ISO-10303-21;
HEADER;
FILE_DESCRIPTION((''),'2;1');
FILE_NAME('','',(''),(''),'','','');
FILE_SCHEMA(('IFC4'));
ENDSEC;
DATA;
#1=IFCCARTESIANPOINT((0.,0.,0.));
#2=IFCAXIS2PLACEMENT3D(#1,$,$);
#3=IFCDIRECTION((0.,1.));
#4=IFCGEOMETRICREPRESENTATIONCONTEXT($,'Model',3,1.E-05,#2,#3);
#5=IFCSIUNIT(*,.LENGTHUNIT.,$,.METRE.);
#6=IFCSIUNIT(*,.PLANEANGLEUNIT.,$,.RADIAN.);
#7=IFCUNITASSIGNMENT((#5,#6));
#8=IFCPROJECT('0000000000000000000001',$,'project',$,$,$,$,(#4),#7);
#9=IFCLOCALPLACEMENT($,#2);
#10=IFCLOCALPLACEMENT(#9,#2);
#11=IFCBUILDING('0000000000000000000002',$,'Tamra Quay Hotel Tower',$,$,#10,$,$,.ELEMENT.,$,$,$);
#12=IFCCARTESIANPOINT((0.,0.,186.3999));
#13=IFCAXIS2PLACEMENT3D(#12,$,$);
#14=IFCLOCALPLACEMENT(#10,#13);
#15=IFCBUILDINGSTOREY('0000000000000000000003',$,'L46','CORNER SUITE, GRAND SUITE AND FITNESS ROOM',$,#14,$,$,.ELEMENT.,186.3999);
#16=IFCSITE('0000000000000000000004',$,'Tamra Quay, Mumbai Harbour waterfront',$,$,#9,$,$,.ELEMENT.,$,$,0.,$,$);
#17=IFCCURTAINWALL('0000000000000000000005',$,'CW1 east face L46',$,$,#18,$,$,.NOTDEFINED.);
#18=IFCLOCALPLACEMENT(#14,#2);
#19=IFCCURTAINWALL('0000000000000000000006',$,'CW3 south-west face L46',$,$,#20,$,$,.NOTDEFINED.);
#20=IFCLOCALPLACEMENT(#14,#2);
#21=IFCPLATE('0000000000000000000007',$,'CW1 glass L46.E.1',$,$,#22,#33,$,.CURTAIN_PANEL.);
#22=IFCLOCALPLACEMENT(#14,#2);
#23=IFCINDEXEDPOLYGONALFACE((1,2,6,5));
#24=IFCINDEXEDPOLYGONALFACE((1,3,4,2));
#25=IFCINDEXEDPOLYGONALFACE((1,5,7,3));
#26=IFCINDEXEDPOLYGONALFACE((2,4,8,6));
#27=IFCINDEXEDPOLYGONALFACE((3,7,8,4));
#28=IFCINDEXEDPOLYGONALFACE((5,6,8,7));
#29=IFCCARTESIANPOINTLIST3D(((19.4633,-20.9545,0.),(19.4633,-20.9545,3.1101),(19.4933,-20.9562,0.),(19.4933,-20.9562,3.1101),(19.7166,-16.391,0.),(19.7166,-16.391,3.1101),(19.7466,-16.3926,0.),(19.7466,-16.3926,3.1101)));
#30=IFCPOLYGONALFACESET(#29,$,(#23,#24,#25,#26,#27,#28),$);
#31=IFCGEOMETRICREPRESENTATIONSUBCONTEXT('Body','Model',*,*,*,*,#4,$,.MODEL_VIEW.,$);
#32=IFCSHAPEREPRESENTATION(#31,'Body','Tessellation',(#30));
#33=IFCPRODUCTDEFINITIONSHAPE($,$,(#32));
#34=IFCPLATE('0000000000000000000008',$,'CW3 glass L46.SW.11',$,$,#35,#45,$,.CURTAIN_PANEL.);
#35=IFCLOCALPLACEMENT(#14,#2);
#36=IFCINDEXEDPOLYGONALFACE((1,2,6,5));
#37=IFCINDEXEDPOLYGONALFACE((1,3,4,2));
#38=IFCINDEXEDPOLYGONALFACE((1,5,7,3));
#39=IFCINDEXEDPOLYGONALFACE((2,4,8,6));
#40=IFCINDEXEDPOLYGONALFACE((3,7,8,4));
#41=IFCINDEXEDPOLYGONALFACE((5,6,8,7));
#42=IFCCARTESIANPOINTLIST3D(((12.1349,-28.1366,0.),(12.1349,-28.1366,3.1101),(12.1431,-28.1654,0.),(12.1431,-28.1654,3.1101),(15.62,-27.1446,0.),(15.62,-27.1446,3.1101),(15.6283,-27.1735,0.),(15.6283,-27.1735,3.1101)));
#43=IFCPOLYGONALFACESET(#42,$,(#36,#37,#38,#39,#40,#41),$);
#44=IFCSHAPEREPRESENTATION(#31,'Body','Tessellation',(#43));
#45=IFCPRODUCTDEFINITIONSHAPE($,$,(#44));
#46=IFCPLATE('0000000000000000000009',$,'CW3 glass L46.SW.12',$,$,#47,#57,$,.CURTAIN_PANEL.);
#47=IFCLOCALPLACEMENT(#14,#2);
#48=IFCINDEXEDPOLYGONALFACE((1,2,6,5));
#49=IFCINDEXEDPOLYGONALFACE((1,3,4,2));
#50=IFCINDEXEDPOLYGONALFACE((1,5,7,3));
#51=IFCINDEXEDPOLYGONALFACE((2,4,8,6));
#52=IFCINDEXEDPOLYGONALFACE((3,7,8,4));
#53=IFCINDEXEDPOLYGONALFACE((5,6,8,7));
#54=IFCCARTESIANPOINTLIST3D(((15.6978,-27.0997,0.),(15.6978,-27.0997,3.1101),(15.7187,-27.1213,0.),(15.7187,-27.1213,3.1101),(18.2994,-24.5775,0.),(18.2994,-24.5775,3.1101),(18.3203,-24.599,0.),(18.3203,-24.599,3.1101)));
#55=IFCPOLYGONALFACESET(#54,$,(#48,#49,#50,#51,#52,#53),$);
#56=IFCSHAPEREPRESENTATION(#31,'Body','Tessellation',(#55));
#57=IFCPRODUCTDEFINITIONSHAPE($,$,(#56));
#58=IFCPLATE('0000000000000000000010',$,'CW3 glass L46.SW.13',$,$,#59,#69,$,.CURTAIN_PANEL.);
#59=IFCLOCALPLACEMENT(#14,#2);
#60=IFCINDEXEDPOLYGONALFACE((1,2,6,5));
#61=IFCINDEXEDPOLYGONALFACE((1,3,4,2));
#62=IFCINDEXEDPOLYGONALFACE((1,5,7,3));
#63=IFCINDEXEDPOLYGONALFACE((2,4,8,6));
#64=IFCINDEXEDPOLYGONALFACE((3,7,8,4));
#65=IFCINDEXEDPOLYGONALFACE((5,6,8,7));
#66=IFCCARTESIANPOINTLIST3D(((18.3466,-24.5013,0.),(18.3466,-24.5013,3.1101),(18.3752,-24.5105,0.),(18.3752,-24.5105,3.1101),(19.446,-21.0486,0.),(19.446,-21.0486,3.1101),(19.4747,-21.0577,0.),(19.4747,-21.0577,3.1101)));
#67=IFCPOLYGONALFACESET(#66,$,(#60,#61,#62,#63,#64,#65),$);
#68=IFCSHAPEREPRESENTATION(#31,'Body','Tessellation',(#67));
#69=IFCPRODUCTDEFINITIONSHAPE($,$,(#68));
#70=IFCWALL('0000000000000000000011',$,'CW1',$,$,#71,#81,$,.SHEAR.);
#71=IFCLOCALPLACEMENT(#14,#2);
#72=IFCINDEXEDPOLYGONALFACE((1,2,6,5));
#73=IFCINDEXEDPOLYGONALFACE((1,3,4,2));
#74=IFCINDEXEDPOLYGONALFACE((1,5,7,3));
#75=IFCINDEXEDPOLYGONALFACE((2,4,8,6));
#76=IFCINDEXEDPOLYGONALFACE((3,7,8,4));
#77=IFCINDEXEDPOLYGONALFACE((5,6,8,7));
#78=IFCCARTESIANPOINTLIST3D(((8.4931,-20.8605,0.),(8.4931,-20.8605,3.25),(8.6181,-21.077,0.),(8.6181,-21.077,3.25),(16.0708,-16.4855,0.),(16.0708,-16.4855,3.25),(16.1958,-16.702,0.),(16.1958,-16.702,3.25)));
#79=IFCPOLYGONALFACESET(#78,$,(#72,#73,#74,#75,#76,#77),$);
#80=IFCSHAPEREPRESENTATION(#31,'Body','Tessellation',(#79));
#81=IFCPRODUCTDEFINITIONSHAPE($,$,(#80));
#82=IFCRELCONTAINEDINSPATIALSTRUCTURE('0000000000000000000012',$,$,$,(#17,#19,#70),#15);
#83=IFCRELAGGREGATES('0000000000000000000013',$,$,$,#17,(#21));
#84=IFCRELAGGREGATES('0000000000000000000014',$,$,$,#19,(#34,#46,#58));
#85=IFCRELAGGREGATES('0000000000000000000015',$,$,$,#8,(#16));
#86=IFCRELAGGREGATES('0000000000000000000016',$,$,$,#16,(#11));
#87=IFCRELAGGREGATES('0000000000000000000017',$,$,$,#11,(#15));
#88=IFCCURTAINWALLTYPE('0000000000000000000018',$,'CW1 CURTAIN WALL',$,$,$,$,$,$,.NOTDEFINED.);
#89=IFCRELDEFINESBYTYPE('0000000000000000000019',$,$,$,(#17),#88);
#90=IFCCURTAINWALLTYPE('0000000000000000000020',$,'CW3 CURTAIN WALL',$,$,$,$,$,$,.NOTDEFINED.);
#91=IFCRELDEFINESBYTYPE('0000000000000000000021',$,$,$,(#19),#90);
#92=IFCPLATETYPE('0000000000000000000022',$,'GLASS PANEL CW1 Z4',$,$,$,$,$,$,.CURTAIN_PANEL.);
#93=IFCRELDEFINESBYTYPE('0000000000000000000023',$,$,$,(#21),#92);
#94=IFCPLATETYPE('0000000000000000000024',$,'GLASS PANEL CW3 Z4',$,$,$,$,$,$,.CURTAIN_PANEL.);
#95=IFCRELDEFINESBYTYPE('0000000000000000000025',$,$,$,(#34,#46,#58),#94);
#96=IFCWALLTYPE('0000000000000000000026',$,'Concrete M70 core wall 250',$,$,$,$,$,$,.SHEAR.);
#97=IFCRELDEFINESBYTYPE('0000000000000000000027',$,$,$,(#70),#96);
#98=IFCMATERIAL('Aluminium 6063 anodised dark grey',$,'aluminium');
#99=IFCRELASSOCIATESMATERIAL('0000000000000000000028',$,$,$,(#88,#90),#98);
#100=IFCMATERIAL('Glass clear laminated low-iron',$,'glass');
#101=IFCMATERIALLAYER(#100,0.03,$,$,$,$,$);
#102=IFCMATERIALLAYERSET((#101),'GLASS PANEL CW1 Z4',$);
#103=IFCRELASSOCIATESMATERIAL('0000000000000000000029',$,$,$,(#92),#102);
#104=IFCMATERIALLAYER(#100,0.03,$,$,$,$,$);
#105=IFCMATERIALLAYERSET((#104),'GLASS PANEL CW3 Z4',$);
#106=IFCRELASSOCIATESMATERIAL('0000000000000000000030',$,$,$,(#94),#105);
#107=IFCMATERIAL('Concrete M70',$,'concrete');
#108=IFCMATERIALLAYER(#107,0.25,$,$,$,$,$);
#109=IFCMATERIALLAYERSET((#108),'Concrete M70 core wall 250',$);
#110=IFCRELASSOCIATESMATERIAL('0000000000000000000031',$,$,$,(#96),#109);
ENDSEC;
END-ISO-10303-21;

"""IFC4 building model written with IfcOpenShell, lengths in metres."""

from ifc_helpers import new_model, si_unit, direction, frame, frame_2d, origin, origin_2d, place, context, subcontext, project, spatial, rectangle, extrude, material, layer, layer_set, type_object, element, aggregate, save


model = new_model("IFC4")

# Units and contexts
model_context = context("Model", 3, precision=1e-05, world=origin(), true_north=direction((0.0, 1.0)))
body_context = subcontext(model_context, "Body", "Model", "MODEL_VIEW")
ifc_project = project(units=[si_unit("LENGTHUNIT", "METRE"), si_unit("PLANEANGLEUNIT", "RADIAN")], contexts=[model_context])

# Site, building, storey
site_placement = place(None, origin())
site = spatial("IfcSite", under=ifc_project, at=site_placement, Name="Tamra Quay, Mumbai Harbour waterfront", CompositionType="ELEMENT", RefElevation=0.0)
building_placement = place(site_placement, origin())
building = spatial("IfcBuilding", under=site, at=building_placement, Name="Tamra Quay Hotel Tower", CompositionType="ELEMENT")
storey_placement = place(building_placement, frame((0.0, 0.0, 186.3999)))
storey = spatial("IfcBuildingStorey", under=building, at=storey_placement, Name="L46", Description="CORNER SUITE, GRAND SUITE AND FITNESS ROOM", CompositionType="ELEMENT", Elevation=186.3999)

# Shared definitions
ifc_material_1 = material(Name="Concrete M70", Category="concrete")

# Curtain walls
ifc_material_2 = material(Name="Aluminium 6063 anodised dark grey", Category="aluminium")
curtain_wall_type_1 = type_object("IfcCurtainWallType", Name="CW1 CURTAIN WALL", PredefinedType="NOTDEFINED", material=ifc_material_2)
curtain_wall_1_placement = place(storey_placement, origin())
curtain_wall_1 = element("IfcCurtainWall", 1, at=curtain_wall_1_placement, inside=storey, type_object=curtain_wall_type_1, Name="CW1 east face L46", PredefinedType="NOTDEFINED")
curtain_wall_type_2 = type_object("IfcCurtainWallType", Name="CW3 CURTAIN WALL", PredefinedType="NOTDEFINED", material=ifc_material_2)
curtain_wall_2_placement = place(storey_placement, origin())
curtain_wall_2 = element("IfcCurtainWall", 2, at=curtain_wall_2_placement, inside=storey, type_object=curtain_wall_type_2, Name="CW3 south-west face L46", PredefinedType="NOTDEFINED")

# Plates
ifc_material_3 = material(Name="Glass clear laminated low-iron", Category="glass")
ifc_layer_1 = layer(ifc_material_3, 0.03)
ifc_layer_set_1 = layer_set([ifc_layer_1], Name="GLASS PANEL CW1 Z4")
plate_type_1 = type_object("IfcPlateType", Name="GLASS PANEL CW1 Z4", PredefinedType="CURTAIN_PANEL", material=ifc_layer_set_1)
plate_1_placement = place(storey_placement, frame((19.605, -18.6736, 0.0), z_axis=(0.0, 0.0, 1.0), x_axis=(0.055416, 0.998463, 0.0)))
plate_1 = element("IfcPlate", 3, at=plate_1_placement, type_object=plate_type_1, Name="CW1 glass L46.E.1", PredefinedType="CURTAIN_PANEL", context=body_context, shape_type="SweptSolid", body=[
    extrude(rectangle(XDim=4.5706, YDim=0.03, at=origin_2d()), origin(), (0.0, 0.0, 1.0), 3.1101),
])
aggregate(curtain_wall_1, [plate_1])
ifc_layer_2 = layer(ifc_material_3, 0.03)
ifc_layer_set_2 = layer_set([ifc_layer_2], Name="GLASS PANEL CW3 Z4")
plate_type_2 = type_object("IfcPlateType", Name="GLASS PANEL CW3 Z4", PredefinedType="CURTAIN_PANEL", material=ifc_layer_set_2)
plate_2_placement = place(storey_placement, frame((13.8816, -27.655, 0.0), z_axis=(0.0, 0.0, 1.0), x_axis=(0.961801, 0.27375, 0.0)))
plate_2 = element("IfcPlate", 4, at=plate_2_placement, type_object=plate_type_2, Name="CW3 glass L46.SW.11", PredefinedType="CURTAIN_PANEL", context=body_context, shape_type="SweptSolid", body=[
    extrude(rectangle(XDim=3.6235, YDim=0.03, at=origin_2d()), origin(), (0.0, 0.0, 1.0), 3.1101),
])
plate_3_placement = place(storey_placement, frame((17.009, -25.8494, 0.0), z_axis=(0.0, 0.0, 1.0), x_axis=(0.717975, 0.696069, 0.0)))
plate_3 = element("IfcPlate", 5, at=plate_3_placement, type_object=plate_type_2, Name="CW3 glass L46.SW.12", PredefinedType="CURTAIN_PANEL", context=body_context, shape_type="SweptSolid", body=[
    extrude(rectangle(XDim=3.6235, YDim=0.03, at=origin_2d()), origin(), (0.0, 0.0, 1.0), 3.1101),
])
plate_4_placement = place(storey_placement, frame((18.9106, -22.7795, 0.0), z_axis=(0.0, 0.0, 1.0), x_axis=(0.30341, 0.95286, 0.0)))
plate_4 = element("IfcPlate", 6, at=plate_4_placement, type_object=plate_type_2, Name="CW3 glass L46.SW.13", PredefinedType="CURTAIN_PANEL", context=body_context, shape_type="SweptSolid", body=[
    extrude(rectangle(XDim=3.6235, YDim=0.03, at=origin_2d()), origin(), (0.0, 0.0, 1.0), 3.1101),
])
aggregate(curtain_wall_2, [plate_2, plate_3, plate_4])

# Wall
ifc_layer_3 = layer(ifc_material_1, 0.25)
ifc_layer_set_3 = layer_set([ifc_layer_3], Name="Concrete M70 core wall 250")
wall_type = type_object("IfcWallType", Name="Concrete M70 core wall 250", PredefinedType="SHEAR", material=ifc_layer_set_3)
wall_placement = place(storey_placement, frame((16.1333, -16.5938, 0.0), z_axis=(0.0, 0.0, 1.0), x_axis=(-0.866023, -0.500004, 0.0)))
element("IfcWall", 7, at=wall_placement, inside=storey, type_object=wall_type, Name="CW1", PredefinedType="SHEAR", context=body_context, shape_type="SweptSolid", body=[
    extrude(rectangle(XDim=8.75, YDim=0.25, at=frame_2d((4.375, 0.0))), origin(), (0.0, 0.0, 1.0), 3.25),
])

save(model, "model.ifc")
